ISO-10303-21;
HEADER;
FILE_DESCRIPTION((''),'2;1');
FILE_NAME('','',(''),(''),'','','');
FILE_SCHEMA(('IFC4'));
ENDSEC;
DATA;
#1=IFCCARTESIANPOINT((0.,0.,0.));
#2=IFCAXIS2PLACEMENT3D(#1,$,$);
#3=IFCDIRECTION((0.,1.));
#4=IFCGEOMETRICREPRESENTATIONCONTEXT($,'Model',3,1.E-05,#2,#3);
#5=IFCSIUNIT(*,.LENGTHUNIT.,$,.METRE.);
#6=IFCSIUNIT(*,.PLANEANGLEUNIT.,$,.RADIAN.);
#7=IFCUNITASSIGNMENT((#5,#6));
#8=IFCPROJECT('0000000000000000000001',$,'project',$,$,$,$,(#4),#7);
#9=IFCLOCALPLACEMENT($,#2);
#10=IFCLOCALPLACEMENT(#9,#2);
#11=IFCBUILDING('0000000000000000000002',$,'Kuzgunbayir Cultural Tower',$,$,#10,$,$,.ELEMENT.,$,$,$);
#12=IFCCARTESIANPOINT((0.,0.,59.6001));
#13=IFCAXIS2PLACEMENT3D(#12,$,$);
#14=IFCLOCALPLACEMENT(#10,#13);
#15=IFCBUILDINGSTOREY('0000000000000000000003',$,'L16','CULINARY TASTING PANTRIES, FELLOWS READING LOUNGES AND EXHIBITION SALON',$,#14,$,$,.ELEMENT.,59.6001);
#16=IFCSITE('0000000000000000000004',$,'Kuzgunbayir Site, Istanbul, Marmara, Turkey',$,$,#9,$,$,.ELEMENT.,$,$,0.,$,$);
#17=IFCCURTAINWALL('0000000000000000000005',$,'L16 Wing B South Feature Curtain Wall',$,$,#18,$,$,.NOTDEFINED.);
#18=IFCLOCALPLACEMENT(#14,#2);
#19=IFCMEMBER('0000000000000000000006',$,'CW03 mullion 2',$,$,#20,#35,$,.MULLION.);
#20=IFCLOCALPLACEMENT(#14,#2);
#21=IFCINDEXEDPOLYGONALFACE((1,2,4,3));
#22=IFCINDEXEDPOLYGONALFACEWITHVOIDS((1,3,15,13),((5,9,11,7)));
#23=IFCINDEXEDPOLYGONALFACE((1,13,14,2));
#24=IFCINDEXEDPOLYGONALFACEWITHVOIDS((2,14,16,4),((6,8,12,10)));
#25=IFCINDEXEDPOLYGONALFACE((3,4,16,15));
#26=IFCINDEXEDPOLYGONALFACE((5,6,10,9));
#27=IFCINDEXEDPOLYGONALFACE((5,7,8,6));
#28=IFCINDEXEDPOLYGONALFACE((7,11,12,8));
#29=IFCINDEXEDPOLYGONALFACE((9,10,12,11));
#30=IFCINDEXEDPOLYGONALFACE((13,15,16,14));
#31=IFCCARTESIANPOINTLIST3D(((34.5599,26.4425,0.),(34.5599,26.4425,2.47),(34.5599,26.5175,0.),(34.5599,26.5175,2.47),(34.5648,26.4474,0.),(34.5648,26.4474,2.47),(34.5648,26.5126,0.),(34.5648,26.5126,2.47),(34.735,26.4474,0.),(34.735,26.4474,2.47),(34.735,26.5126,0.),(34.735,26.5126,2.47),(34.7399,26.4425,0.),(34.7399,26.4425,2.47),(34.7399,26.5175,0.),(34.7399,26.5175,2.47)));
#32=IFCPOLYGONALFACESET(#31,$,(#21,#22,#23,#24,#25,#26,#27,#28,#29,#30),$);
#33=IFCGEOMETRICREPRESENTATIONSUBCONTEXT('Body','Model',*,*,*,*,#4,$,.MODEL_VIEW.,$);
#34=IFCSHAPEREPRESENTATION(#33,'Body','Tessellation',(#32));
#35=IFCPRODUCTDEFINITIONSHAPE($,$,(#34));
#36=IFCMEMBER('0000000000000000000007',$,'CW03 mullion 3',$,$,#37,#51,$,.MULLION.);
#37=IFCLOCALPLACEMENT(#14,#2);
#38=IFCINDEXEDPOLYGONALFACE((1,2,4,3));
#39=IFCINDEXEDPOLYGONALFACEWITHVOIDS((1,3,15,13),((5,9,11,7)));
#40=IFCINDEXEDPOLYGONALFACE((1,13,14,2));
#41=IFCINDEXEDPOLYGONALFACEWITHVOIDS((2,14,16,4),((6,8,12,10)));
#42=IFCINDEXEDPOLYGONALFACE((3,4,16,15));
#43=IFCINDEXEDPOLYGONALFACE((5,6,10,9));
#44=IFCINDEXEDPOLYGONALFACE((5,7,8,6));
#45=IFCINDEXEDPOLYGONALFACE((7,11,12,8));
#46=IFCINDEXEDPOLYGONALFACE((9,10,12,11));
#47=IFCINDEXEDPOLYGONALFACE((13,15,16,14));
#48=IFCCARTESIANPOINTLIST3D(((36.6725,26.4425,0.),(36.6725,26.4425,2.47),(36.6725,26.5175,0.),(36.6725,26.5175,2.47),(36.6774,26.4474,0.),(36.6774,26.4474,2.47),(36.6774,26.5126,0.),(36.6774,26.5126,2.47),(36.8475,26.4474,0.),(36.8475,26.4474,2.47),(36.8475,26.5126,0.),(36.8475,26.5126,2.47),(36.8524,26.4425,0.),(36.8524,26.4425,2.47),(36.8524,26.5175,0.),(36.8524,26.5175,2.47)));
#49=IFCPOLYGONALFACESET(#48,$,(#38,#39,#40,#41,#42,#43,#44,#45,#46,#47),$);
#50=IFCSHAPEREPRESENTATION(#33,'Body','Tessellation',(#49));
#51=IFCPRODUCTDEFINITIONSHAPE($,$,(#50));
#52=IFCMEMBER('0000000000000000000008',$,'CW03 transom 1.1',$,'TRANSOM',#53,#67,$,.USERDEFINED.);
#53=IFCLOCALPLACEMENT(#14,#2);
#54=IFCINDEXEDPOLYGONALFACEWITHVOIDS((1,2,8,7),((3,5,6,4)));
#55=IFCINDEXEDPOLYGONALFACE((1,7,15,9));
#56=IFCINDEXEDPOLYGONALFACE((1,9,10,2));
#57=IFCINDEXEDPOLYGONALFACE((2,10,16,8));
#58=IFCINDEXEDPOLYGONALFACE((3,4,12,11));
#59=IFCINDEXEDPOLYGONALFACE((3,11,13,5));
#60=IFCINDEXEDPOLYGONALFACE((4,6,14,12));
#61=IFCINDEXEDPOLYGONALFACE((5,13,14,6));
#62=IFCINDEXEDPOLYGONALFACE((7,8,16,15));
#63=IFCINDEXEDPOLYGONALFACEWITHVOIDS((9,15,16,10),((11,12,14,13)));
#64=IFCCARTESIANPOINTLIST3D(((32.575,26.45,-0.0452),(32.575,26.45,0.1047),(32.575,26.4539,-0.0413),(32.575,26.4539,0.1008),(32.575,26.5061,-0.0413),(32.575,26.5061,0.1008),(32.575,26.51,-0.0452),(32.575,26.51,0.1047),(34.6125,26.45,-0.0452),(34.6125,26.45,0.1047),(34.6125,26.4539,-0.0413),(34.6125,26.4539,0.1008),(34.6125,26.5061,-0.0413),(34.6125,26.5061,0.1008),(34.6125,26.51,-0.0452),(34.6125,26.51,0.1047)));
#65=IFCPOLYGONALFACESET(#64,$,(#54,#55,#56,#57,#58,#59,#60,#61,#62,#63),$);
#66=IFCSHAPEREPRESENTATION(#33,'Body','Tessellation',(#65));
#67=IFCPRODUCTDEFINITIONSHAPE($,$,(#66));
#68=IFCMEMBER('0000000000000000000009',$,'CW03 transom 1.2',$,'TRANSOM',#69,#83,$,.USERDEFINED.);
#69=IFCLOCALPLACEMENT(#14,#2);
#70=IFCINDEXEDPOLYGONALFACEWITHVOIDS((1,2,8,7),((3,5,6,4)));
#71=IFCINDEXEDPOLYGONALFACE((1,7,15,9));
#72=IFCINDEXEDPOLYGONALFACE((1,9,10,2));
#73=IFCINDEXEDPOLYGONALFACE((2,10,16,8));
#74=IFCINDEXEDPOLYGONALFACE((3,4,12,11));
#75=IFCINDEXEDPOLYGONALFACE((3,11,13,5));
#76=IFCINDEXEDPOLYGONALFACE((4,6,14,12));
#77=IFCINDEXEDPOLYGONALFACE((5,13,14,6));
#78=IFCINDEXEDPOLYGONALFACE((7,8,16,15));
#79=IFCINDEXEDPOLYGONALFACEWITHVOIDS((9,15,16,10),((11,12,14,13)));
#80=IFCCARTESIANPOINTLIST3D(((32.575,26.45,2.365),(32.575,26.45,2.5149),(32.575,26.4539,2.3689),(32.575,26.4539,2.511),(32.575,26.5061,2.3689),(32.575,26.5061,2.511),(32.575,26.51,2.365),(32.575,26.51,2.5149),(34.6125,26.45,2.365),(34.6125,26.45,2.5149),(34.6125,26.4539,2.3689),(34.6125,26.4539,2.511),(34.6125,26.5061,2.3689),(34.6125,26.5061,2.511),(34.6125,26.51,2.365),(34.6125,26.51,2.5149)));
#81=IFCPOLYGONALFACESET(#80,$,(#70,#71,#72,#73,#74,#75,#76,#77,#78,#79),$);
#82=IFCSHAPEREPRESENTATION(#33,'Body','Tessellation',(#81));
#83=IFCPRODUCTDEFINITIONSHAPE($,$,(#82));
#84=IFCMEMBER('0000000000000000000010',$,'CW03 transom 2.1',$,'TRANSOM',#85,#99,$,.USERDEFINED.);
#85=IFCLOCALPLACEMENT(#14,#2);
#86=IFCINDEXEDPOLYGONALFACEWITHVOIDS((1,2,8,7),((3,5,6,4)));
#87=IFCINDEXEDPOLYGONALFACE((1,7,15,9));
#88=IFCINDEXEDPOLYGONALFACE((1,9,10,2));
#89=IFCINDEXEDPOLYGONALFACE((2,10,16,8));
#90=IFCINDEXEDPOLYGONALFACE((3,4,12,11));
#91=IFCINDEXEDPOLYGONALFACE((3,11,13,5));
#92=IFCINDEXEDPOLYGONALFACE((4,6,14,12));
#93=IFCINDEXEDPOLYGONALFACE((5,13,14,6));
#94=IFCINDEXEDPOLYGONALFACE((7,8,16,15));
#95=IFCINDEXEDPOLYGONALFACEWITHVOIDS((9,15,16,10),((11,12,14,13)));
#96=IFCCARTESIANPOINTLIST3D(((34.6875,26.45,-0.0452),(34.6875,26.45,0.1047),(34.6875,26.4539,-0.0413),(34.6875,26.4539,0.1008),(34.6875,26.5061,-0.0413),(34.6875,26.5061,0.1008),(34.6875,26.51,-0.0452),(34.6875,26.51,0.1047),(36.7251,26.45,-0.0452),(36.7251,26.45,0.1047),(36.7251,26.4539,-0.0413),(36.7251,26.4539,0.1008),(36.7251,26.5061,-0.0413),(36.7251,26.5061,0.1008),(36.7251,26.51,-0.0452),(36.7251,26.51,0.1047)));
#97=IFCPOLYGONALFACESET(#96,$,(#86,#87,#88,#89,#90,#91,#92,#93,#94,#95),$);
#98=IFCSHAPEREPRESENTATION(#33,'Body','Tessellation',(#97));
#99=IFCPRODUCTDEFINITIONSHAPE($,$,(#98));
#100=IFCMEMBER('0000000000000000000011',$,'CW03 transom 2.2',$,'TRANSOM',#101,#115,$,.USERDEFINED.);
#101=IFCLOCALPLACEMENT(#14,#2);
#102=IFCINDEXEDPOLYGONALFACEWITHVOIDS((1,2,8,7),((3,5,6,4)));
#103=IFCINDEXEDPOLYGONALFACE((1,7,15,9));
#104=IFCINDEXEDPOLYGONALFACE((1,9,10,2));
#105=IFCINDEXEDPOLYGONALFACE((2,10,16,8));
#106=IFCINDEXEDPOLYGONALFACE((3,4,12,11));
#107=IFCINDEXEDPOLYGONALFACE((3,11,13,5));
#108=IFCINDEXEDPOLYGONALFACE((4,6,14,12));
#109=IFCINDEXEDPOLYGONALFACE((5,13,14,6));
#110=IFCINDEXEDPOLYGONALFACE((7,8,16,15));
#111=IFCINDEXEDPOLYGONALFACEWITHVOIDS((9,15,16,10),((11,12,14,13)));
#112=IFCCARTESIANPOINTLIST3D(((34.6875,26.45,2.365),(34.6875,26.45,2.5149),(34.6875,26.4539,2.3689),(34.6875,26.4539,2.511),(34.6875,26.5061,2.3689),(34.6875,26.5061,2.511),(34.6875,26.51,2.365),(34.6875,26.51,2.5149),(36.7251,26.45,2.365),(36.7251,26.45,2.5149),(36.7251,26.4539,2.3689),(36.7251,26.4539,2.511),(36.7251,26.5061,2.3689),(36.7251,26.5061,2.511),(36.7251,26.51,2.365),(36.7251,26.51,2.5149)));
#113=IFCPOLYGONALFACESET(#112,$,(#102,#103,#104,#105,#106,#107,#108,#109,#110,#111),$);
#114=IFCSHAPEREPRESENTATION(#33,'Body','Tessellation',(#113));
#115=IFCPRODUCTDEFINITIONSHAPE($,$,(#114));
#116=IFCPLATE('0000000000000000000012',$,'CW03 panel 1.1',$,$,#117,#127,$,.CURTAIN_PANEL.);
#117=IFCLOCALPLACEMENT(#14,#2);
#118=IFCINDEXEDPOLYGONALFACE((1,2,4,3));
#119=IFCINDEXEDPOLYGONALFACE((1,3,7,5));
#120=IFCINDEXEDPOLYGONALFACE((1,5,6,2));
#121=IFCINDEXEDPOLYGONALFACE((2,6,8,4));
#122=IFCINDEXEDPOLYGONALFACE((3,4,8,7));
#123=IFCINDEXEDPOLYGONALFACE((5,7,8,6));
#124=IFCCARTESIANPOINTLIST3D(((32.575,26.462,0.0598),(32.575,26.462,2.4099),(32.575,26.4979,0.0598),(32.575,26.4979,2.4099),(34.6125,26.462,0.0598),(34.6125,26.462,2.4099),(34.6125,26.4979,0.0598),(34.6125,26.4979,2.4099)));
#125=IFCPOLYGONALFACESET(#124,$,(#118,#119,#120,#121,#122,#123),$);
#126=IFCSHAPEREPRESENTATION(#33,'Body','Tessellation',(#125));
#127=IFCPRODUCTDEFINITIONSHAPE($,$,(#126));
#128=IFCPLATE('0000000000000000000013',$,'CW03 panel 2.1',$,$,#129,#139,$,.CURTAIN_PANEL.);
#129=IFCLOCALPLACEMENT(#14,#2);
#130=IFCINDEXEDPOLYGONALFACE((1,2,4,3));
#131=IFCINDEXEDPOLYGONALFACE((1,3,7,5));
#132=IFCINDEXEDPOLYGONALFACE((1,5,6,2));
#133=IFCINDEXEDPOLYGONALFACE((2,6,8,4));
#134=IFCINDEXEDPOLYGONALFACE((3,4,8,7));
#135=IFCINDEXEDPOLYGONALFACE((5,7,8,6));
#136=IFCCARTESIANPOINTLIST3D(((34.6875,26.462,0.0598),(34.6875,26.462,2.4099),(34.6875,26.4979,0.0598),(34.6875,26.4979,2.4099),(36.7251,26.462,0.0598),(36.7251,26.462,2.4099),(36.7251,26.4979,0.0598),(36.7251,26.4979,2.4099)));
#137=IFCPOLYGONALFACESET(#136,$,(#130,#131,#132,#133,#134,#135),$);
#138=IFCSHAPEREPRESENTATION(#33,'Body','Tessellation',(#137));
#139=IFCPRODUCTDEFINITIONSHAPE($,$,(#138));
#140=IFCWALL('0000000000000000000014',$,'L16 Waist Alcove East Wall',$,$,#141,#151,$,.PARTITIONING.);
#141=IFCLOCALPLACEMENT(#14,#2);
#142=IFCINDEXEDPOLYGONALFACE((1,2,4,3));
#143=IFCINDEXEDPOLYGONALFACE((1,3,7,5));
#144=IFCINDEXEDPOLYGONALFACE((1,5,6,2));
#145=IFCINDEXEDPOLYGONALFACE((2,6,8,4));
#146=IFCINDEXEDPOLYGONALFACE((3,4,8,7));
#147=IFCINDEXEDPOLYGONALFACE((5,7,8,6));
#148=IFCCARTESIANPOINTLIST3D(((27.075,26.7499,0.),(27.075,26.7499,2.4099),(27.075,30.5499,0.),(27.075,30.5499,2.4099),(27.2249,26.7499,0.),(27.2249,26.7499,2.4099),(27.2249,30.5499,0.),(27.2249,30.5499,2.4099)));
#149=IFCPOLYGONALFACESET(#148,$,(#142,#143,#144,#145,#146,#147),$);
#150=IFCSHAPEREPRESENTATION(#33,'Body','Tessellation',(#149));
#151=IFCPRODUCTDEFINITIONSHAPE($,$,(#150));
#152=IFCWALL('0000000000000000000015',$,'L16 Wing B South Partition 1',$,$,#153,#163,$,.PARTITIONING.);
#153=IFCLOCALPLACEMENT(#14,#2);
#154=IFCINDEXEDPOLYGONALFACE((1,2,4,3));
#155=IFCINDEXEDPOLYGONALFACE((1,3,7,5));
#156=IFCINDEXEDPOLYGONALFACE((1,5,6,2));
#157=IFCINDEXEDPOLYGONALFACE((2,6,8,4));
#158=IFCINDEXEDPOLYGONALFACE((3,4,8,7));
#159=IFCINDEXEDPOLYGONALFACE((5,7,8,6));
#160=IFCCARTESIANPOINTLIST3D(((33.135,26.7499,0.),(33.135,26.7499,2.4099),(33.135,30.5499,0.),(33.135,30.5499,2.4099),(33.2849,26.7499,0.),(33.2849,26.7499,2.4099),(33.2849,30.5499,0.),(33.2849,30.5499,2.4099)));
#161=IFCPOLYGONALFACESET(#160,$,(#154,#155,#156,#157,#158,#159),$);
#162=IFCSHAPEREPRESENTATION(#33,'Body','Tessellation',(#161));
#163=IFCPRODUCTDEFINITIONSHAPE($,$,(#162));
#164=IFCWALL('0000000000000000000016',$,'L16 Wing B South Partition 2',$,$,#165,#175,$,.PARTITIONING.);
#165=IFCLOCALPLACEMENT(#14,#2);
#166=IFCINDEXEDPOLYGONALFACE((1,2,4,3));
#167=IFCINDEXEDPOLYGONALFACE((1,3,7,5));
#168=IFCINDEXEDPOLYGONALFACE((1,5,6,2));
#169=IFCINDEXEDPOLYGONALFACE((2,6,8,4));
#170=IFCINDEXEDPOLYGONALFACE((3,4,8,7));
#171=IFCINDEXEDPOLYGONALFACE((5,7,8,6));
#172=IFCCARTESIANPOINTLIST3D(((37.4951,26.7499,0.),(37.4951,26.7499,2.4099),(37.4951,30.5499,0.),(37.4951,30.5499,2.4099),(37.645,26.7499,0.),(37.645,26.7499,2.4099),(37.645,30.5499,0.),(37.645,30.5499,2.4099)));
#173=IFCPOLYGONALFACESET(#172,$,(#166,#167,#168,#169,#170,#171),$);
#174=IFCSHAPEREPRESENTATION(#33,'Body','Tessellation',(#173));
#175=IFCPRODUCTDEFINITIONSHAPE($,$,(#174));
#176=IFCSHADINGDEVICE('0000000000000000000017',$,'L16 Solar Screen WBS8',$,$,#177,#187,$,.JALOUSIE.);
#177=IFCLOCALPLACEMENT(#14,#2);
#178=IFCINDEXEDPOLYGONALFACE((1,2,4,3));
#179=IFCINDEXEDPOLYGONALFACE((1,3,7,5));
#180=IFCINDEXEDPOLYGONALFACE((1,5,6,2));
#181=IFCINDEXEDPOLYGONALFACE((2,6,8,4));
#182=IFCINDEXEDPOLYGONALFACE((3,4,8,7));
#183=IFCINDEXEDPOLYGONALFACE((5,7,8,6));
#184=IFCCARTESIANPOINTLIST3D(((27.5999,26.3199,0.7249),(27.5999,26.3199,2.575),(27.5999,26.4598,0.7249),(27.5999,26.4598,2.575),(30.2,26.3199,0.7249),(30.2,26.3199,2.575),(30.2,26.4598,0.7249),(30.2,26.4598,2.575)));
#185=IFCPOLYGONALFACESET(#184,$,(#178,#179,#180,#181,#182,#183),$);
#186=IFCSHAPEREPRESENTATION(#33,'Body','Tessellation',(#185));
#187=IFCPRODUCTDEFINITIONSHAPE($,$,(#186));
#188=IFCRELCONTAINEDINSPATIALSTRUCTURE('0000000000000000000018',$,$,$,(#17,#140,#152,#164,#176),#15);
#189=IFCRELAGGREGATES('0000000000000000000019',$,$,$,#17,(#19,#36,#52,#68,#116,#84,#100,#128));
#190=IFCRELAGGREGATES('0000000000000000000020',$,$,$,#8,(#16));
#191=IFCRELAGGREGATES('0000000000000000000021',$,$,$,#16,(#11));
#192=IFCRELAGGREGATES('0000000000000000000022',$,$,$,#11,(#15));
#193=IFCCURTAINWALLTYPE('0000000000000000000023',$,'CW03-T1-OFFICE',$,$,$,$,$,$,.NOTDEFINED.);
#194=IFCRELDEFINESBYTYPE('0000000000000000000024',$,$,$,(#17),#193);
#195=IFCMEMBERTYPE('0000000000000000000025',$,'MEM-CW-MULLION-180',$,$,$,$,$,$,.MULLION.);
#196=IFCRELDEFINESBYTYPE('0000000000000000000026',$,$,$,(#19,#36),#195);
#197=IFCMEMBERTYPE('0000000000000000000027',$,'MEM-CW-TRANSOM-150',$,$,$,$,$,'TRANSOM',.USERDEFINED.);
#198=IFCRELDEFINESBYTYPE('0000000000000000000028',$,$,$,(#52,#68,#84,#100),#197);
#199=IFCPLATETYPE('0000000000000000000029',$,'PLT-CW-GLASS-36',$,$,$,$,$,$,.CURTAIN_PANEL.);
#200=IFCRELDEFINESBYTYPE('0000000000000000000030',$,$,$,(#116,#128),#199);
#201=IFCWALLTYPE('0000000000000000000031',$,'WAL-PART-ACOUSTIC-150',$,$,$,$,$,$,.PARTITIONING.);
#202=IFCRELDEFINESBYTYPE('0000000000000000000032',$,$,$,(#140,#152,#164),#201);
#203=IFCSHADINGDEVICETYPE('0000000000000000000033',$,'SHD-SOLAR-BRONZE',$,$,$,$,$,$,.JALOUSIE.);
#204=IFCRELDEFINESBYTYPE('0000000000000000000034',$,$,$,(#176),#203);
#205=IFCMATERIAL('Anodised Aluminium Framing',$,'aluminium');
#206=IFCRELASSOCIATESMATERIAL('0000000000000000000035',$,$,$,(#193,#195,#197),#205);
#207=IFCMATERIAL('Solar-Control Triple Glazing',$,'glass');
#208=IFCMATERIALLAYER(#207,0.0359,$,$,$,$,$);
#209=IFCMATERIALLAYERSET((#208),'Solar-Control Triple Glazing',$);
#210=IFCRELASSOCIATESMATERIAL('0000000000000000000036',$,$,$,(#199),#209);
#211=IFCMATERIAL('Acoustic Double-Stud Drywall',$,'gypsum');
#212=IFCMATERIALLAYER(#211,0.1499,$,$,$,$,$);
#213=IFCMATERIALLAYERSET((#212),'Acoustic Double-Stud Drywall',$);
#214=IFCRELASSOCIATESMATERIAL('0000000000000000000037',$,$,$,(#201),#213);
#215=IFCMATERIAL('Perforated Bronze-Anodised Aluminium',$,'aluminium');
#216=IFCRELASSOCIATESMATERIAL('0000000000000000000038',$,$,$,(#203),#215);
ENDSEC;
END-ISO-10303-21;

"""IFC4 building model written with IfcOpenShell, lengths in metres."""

from ifc_helpers import new_model, si_unit, direction, frame, frame_2d, origin, origin_2d, place, context, subcontext, project, spatial, rectangle, hollow_rectangle, extrude, material, layer, layer_set, material_profile, profile_set, type_object, element, aggregate, save


model = new_model("IFC4")

# Units and contexts
model_context = context("Model", 3, precision=1e-05, world=origin(), true_north=direction((0.0, 1.0)))
body_context = subcontext(model_context, "Body", "Model", "MODEL_VIEW")
ifc_project = project(units=[si_unit("LENGTHUNIT", "METRE"), si_unit("PLANEANGLEUNIT", "RADIAN")], contexts=[model_context])

# Site, building, storey
site_placement = place(None, origin())
site = spatial("IfcSite", under=ifc_project, at=site_placement, Name="Kuzgunbayir Site, Istanbul, Marmara, Turkey", CompositionType="ELEMENT", RefElevation=0.0)
building_placement = place(site_placement, origin())
building = spatial("IfcBuilding", under=site, at=building_placement, Name="Kuzgunbayir Cultural Tower", CompositionType="ELEMENT")
storey_placement = place(building_placement, frame((0.0, 0.0, 59.6001)))
storey = spatial("IfcBuildingStorey", under=building, at=storey_placement, Name="L16", Description="CULINARY TASTING PANTRIES, FELLOWS READING LOUNGES AND EXHIBITION SALON", CompositionType="ELEMENT", Elevation=59.6001)

# Curtain wall, members, plates
ifc_material_1 = material(Name="Anodised Aluminium Framing", Category="aluminium")
curtain_wall_type = type_object("IfcCurtainWallType", Name="CW03-T1-OFFICE", PredefinedType="NOTDEFINED", material=ifc_material_1)
curtain_wall_placement = place(storey_placement, origin())
curtain_wall = element("IfcCurtainWall", 1, at=curtain_wall_placement, inside=storey, type_object=curtain_wall_type, Name="L16 Wing B South Feature Curtain Wall", PredefinedType="NOTDEFINED")
ifc_material_profile_1 = material_profile(ifc_material_1, hollow_rectangle(XDim=0.075, YDim=0.1799, WallThickness=0.0049, at=origin_2d()), Name="RHS 180x75x5")
ifc_profile_set_1 = profile_set([ifc_material_profile_1], Name="Anodised Aluminium Framing")
member_type_1 = type_object("IfcMemberType", Name="MEM-CW-MULLION-180", PredefinedType="MULLION", material=ifc_profile_set_1)
member_1_placement = place(storey_placement, frame((34.6499, 26.48, 0.0), z_axis=(0.0, 0.0, 1.0), x_axis=(0.0, 1.0, 0.0)))
member_1 = element("IfcMember", 2, at=member_1_placement, type_object=member_type_1, Name="CW03 mullion 2", PredefinedType="MULLION", context=body_context, shape_type="SweptSolid", body=[
    extrude(hollow_rectangle(XDim=0.075, YDim=0.1799, WallThickness=0.0049, at=origin_2d()), origin(), (0.0, 0.0, 1.0), 2.47),
])
member_2_placement = place(storey_placement, frame((36.7625, 26.48, 0.0), z_axis=(0.0, 0.0, 1.0), x_axis=(0.0, 1.0, 0.0)))
member_2 = element("IfcMember", 3, at=member_2_placement, type_object=member_type_1, Name="CW03 mullion 3", PredefinedType="MULLION", context=body_context, shape_type="SweptSolid", body=[
    extrude(hollow_rectangle(XDim=0.075, YDim=0.1799, WallThickness=0.0049, at=origin_2d()), origin(), (0.0, 0.0, 1.0), 2.47),
])
ifc_material_profile_2 = material_profile(ifc_material_1, hollow_rectangle(XDim=0.0601, YDim=0.1499, WallThickness=0.0039, at=origin_2d()), Name="RHS 150x60x4")
ifc_profile_set_2 = profile_set([ifc_material_profile_2], Name="Anodised Aluminium Framing")
member_type_2 = type_object("IfcMemberType", Name="MEM-CW-TRANSOM-150", ElementType="TRANSOM", PredefinedType="USERDEFINED", material=ifc_profile_set_2)
member_3_placement = place(storey_placement, frame((32.575, 26.48, 0.0298), z_axis=(1.0, 0.0, 0.0), x_axis=(0.0, 1.0, 0.0)))
member_3 = element("IfcMember", 4, at=member_3_placement, type_object=member_type_2, Name="CW03 transom 1.1", ObjectType="TRANSOM", PredefinedType="USERDEFINED", context=body_context, shape_type="SweptSolid", body=[
    extrude(hollow_rectangle(XDim=0.0601, YDim=0.1499, WallThickness=0.0039, at=origin_2d()), origin(), (0.0, 0.0, 1.0), 2.0376),
])
member_4_placement = place(storey_placement, frame((32.575, 26.48, 2.4399), z_axis=(1.0, 0.0, 0.0), x_axis=(0.0, 1.0, 0.0)))
member_4 = element("IfcMember", 5, at=member_4_placement, type_object=member_type_2, Name="CW03 transom 1.2", ObjectType="TRANSOM", PredefinedType="USERDEFINED", context=body_context, shape_type="SweptSolid", body=[
    extrude(hollow_rectangle(XDim=0.0601, YDim=0.1499, WallThickness=0.0039, at=origin_2d()), origin(), (0.0, 0.0, 1.0), 2.0376),
])
member_5_placement = place(storey_placement, frame((34.6875, 26.48, 0.0298), z_axis=(1.0, 0.0, 0.0), x_axis=(0.0, 1.0, 0.0)))
member_5 = element("IfcMember", 6, at=member_5_placement, type_object=member_type_2, Name="CW03 transom 2.1", ObjectType="TRANSOM", PredefinedType="USERDEFINED", context=body_context, shape_type="SweptSolid", body=[
    extrude(hollow_rectangle(XDim=0.0601, YDim=0.1499, WallThickness=0.0039, at=origin_2d()), origin(), (0.0, 0.0, 1.0), 2.0376),
])
member_6_placement = place(storey_placement, frame((34.6875, 26.48, 2.4399), z_axis=(1.0, 0.0, 0.0), x_axis=(0.0, 1.0, 0.0)))
member_6 = element("IfcMember", 7, at=member_6_placement, type_object=member_type_2, Name="CW03 transom 2.2", ObjectType="TRANSOM", PredefinedType="USERDEFINED", context=body_context, shape_type="SweptSolid", body=[
    extrude(hollow_rectangle(XDim=0.0601, YDim=0.1499, WallThickness=0.0039, at=origin_2d()), origin(), (0.0, 0.0, 1.0), 2.0376),
])
ifc_material_2 = material(Name="Solar-Control Triple Glazing", Category="glass")
ifc_layer_1 = layer(ifc_material_2, 0.0359)
ifc_layer_set_1 = layer_set([ifc_layer_1], Name="Solar-Control Triple Glazing")
plate_type = type_object("IfcPlateType", Name="PLT-CW-GLASS-36", PredefinedType="CURTAIN_PANEL", material=ifc_layer_set_1)
plate_1_placement = place(storey_placement, frame((33.5938, 26.48, 0.0598), z_axis=(0.0, 0.0, 1.0), x_axis=(1.0, 0.0, 0.0)))
plate_1 = element("IfcPlate", 8, at=plate_1_placement, type_object=plate_type, Name="CW03 panel 1.1", PredefinedType="CURTAIN_PANEL", context=body_context, shape_type="SweptSolid", body=[
    extrude(rectangle(XDim=2.0376, YDim=0.0359, at=origin_2d()), origin(), (0.0, 0.0, 1.0), 2.3501),
])
plate_2_placement = place(storey_placement, frame((35.7063, 26.48, 0.0598), z_axis=(0.0, 0.0, 1.0), x_axis=(1.0, 0.0, 0.0)))
plate_2 = element("IfcPlate", 9, at=plate_2_placement, type_object=plate_type, Name="CW03 panel 2.1", PredefinedType="CURTAIN_PANEL", context=body_context, shape_type="SweptSolid", body=[
    extrude(rectangle(XDim=2.0376, YDim=0.0359, at=origin_2d()), origin(), (0.0, 0.0, 1.0), 2.3501),
])
aggregate(curtain_wall, [member_1, member_2, member_3, member_4, plate_1, member_5, member_6, plate_2])

# Walls
ifc_material_3 = material(Name="Acoustic Double-Stud Drywall", Category="gypsum")
ifc_layer_2 = layer(ifc_material_3, 0.1499)
ifc_layer_set_2 = layer_set([ifc_layer_2], Name="Acoustic Double-Stud Drywall")
wall_type = type_object("IfcWallType", Name="WAL-PART-ACOUSTIC-150", PredefinedType="PARTITIONING", material=ifc_layer_set_2)
for number, where, z_axis, x_axis, name in (
    (10, (27.1499, 26.75, 0.0), (0.0, 0.0, 1.0), (0.0, 1.0, 0.0), "L16 Waist Alcove East Wall"),
    (11, (33.21, 26.75, 0.0), (0.0, 0.0, 1.0), (0.0, 1.0, 0.0), "L16 Wing B South Partition 1"),
    (12, (37.5701, 26.75, 0.0), (0.0, 0.0, 1.0), (0.0, 1.0, 0.0), "L16 Wing B South Partition 2"),
):
    element("IfcWall", number, at=place(storey_placement, frame(where, z_axis=z_axis, x_axis=x_axis)), inside=storey, type_object=wall_type, Name=name, PredefinedType="PARTITIONING", context=body_context, shape_type="SweptSolid", body=[
        extrude(rectangle(XDim=3.8, YDim=0.1499, at=frame_2d((1.8999, 0.0))), origin(), (0.0, 0.0, 1.0), 2.4099),
    ])

# Shading device
ifc_material_4 = material(Name="Perforated Bronze-Anodised Aluminium", Category="aluminium")
shading_device_type = type_object("IfcShadingDeviceType", Name="SHD-SOLAR-BRONZE", PredefinedType="JALOUSIE", material=ifc_material_4)
shading_device_placement = place(storey_placement, frame((28.8999, 26.3899, 0.7249), z_axis=(0.0, 0.0, 1.0), x_axis=(1.0, 0.0, 0.0)))
element("IfcShadingDevice", 13, at=shading_device_placement, inside=storey, type_object=shading_device_type, Name="L16 Solar Screen WBS8", PredefinedType="JALOUSIE", context=body_context, shape_type="SweptSolid", body=[
    extrude(rectangle(XDim=2.6001, YDim=0.1399, at=origin_2d()), origin(), (0.0, 0.0, 1.0), 1.8501),
])

save(model, "model.ifc")
